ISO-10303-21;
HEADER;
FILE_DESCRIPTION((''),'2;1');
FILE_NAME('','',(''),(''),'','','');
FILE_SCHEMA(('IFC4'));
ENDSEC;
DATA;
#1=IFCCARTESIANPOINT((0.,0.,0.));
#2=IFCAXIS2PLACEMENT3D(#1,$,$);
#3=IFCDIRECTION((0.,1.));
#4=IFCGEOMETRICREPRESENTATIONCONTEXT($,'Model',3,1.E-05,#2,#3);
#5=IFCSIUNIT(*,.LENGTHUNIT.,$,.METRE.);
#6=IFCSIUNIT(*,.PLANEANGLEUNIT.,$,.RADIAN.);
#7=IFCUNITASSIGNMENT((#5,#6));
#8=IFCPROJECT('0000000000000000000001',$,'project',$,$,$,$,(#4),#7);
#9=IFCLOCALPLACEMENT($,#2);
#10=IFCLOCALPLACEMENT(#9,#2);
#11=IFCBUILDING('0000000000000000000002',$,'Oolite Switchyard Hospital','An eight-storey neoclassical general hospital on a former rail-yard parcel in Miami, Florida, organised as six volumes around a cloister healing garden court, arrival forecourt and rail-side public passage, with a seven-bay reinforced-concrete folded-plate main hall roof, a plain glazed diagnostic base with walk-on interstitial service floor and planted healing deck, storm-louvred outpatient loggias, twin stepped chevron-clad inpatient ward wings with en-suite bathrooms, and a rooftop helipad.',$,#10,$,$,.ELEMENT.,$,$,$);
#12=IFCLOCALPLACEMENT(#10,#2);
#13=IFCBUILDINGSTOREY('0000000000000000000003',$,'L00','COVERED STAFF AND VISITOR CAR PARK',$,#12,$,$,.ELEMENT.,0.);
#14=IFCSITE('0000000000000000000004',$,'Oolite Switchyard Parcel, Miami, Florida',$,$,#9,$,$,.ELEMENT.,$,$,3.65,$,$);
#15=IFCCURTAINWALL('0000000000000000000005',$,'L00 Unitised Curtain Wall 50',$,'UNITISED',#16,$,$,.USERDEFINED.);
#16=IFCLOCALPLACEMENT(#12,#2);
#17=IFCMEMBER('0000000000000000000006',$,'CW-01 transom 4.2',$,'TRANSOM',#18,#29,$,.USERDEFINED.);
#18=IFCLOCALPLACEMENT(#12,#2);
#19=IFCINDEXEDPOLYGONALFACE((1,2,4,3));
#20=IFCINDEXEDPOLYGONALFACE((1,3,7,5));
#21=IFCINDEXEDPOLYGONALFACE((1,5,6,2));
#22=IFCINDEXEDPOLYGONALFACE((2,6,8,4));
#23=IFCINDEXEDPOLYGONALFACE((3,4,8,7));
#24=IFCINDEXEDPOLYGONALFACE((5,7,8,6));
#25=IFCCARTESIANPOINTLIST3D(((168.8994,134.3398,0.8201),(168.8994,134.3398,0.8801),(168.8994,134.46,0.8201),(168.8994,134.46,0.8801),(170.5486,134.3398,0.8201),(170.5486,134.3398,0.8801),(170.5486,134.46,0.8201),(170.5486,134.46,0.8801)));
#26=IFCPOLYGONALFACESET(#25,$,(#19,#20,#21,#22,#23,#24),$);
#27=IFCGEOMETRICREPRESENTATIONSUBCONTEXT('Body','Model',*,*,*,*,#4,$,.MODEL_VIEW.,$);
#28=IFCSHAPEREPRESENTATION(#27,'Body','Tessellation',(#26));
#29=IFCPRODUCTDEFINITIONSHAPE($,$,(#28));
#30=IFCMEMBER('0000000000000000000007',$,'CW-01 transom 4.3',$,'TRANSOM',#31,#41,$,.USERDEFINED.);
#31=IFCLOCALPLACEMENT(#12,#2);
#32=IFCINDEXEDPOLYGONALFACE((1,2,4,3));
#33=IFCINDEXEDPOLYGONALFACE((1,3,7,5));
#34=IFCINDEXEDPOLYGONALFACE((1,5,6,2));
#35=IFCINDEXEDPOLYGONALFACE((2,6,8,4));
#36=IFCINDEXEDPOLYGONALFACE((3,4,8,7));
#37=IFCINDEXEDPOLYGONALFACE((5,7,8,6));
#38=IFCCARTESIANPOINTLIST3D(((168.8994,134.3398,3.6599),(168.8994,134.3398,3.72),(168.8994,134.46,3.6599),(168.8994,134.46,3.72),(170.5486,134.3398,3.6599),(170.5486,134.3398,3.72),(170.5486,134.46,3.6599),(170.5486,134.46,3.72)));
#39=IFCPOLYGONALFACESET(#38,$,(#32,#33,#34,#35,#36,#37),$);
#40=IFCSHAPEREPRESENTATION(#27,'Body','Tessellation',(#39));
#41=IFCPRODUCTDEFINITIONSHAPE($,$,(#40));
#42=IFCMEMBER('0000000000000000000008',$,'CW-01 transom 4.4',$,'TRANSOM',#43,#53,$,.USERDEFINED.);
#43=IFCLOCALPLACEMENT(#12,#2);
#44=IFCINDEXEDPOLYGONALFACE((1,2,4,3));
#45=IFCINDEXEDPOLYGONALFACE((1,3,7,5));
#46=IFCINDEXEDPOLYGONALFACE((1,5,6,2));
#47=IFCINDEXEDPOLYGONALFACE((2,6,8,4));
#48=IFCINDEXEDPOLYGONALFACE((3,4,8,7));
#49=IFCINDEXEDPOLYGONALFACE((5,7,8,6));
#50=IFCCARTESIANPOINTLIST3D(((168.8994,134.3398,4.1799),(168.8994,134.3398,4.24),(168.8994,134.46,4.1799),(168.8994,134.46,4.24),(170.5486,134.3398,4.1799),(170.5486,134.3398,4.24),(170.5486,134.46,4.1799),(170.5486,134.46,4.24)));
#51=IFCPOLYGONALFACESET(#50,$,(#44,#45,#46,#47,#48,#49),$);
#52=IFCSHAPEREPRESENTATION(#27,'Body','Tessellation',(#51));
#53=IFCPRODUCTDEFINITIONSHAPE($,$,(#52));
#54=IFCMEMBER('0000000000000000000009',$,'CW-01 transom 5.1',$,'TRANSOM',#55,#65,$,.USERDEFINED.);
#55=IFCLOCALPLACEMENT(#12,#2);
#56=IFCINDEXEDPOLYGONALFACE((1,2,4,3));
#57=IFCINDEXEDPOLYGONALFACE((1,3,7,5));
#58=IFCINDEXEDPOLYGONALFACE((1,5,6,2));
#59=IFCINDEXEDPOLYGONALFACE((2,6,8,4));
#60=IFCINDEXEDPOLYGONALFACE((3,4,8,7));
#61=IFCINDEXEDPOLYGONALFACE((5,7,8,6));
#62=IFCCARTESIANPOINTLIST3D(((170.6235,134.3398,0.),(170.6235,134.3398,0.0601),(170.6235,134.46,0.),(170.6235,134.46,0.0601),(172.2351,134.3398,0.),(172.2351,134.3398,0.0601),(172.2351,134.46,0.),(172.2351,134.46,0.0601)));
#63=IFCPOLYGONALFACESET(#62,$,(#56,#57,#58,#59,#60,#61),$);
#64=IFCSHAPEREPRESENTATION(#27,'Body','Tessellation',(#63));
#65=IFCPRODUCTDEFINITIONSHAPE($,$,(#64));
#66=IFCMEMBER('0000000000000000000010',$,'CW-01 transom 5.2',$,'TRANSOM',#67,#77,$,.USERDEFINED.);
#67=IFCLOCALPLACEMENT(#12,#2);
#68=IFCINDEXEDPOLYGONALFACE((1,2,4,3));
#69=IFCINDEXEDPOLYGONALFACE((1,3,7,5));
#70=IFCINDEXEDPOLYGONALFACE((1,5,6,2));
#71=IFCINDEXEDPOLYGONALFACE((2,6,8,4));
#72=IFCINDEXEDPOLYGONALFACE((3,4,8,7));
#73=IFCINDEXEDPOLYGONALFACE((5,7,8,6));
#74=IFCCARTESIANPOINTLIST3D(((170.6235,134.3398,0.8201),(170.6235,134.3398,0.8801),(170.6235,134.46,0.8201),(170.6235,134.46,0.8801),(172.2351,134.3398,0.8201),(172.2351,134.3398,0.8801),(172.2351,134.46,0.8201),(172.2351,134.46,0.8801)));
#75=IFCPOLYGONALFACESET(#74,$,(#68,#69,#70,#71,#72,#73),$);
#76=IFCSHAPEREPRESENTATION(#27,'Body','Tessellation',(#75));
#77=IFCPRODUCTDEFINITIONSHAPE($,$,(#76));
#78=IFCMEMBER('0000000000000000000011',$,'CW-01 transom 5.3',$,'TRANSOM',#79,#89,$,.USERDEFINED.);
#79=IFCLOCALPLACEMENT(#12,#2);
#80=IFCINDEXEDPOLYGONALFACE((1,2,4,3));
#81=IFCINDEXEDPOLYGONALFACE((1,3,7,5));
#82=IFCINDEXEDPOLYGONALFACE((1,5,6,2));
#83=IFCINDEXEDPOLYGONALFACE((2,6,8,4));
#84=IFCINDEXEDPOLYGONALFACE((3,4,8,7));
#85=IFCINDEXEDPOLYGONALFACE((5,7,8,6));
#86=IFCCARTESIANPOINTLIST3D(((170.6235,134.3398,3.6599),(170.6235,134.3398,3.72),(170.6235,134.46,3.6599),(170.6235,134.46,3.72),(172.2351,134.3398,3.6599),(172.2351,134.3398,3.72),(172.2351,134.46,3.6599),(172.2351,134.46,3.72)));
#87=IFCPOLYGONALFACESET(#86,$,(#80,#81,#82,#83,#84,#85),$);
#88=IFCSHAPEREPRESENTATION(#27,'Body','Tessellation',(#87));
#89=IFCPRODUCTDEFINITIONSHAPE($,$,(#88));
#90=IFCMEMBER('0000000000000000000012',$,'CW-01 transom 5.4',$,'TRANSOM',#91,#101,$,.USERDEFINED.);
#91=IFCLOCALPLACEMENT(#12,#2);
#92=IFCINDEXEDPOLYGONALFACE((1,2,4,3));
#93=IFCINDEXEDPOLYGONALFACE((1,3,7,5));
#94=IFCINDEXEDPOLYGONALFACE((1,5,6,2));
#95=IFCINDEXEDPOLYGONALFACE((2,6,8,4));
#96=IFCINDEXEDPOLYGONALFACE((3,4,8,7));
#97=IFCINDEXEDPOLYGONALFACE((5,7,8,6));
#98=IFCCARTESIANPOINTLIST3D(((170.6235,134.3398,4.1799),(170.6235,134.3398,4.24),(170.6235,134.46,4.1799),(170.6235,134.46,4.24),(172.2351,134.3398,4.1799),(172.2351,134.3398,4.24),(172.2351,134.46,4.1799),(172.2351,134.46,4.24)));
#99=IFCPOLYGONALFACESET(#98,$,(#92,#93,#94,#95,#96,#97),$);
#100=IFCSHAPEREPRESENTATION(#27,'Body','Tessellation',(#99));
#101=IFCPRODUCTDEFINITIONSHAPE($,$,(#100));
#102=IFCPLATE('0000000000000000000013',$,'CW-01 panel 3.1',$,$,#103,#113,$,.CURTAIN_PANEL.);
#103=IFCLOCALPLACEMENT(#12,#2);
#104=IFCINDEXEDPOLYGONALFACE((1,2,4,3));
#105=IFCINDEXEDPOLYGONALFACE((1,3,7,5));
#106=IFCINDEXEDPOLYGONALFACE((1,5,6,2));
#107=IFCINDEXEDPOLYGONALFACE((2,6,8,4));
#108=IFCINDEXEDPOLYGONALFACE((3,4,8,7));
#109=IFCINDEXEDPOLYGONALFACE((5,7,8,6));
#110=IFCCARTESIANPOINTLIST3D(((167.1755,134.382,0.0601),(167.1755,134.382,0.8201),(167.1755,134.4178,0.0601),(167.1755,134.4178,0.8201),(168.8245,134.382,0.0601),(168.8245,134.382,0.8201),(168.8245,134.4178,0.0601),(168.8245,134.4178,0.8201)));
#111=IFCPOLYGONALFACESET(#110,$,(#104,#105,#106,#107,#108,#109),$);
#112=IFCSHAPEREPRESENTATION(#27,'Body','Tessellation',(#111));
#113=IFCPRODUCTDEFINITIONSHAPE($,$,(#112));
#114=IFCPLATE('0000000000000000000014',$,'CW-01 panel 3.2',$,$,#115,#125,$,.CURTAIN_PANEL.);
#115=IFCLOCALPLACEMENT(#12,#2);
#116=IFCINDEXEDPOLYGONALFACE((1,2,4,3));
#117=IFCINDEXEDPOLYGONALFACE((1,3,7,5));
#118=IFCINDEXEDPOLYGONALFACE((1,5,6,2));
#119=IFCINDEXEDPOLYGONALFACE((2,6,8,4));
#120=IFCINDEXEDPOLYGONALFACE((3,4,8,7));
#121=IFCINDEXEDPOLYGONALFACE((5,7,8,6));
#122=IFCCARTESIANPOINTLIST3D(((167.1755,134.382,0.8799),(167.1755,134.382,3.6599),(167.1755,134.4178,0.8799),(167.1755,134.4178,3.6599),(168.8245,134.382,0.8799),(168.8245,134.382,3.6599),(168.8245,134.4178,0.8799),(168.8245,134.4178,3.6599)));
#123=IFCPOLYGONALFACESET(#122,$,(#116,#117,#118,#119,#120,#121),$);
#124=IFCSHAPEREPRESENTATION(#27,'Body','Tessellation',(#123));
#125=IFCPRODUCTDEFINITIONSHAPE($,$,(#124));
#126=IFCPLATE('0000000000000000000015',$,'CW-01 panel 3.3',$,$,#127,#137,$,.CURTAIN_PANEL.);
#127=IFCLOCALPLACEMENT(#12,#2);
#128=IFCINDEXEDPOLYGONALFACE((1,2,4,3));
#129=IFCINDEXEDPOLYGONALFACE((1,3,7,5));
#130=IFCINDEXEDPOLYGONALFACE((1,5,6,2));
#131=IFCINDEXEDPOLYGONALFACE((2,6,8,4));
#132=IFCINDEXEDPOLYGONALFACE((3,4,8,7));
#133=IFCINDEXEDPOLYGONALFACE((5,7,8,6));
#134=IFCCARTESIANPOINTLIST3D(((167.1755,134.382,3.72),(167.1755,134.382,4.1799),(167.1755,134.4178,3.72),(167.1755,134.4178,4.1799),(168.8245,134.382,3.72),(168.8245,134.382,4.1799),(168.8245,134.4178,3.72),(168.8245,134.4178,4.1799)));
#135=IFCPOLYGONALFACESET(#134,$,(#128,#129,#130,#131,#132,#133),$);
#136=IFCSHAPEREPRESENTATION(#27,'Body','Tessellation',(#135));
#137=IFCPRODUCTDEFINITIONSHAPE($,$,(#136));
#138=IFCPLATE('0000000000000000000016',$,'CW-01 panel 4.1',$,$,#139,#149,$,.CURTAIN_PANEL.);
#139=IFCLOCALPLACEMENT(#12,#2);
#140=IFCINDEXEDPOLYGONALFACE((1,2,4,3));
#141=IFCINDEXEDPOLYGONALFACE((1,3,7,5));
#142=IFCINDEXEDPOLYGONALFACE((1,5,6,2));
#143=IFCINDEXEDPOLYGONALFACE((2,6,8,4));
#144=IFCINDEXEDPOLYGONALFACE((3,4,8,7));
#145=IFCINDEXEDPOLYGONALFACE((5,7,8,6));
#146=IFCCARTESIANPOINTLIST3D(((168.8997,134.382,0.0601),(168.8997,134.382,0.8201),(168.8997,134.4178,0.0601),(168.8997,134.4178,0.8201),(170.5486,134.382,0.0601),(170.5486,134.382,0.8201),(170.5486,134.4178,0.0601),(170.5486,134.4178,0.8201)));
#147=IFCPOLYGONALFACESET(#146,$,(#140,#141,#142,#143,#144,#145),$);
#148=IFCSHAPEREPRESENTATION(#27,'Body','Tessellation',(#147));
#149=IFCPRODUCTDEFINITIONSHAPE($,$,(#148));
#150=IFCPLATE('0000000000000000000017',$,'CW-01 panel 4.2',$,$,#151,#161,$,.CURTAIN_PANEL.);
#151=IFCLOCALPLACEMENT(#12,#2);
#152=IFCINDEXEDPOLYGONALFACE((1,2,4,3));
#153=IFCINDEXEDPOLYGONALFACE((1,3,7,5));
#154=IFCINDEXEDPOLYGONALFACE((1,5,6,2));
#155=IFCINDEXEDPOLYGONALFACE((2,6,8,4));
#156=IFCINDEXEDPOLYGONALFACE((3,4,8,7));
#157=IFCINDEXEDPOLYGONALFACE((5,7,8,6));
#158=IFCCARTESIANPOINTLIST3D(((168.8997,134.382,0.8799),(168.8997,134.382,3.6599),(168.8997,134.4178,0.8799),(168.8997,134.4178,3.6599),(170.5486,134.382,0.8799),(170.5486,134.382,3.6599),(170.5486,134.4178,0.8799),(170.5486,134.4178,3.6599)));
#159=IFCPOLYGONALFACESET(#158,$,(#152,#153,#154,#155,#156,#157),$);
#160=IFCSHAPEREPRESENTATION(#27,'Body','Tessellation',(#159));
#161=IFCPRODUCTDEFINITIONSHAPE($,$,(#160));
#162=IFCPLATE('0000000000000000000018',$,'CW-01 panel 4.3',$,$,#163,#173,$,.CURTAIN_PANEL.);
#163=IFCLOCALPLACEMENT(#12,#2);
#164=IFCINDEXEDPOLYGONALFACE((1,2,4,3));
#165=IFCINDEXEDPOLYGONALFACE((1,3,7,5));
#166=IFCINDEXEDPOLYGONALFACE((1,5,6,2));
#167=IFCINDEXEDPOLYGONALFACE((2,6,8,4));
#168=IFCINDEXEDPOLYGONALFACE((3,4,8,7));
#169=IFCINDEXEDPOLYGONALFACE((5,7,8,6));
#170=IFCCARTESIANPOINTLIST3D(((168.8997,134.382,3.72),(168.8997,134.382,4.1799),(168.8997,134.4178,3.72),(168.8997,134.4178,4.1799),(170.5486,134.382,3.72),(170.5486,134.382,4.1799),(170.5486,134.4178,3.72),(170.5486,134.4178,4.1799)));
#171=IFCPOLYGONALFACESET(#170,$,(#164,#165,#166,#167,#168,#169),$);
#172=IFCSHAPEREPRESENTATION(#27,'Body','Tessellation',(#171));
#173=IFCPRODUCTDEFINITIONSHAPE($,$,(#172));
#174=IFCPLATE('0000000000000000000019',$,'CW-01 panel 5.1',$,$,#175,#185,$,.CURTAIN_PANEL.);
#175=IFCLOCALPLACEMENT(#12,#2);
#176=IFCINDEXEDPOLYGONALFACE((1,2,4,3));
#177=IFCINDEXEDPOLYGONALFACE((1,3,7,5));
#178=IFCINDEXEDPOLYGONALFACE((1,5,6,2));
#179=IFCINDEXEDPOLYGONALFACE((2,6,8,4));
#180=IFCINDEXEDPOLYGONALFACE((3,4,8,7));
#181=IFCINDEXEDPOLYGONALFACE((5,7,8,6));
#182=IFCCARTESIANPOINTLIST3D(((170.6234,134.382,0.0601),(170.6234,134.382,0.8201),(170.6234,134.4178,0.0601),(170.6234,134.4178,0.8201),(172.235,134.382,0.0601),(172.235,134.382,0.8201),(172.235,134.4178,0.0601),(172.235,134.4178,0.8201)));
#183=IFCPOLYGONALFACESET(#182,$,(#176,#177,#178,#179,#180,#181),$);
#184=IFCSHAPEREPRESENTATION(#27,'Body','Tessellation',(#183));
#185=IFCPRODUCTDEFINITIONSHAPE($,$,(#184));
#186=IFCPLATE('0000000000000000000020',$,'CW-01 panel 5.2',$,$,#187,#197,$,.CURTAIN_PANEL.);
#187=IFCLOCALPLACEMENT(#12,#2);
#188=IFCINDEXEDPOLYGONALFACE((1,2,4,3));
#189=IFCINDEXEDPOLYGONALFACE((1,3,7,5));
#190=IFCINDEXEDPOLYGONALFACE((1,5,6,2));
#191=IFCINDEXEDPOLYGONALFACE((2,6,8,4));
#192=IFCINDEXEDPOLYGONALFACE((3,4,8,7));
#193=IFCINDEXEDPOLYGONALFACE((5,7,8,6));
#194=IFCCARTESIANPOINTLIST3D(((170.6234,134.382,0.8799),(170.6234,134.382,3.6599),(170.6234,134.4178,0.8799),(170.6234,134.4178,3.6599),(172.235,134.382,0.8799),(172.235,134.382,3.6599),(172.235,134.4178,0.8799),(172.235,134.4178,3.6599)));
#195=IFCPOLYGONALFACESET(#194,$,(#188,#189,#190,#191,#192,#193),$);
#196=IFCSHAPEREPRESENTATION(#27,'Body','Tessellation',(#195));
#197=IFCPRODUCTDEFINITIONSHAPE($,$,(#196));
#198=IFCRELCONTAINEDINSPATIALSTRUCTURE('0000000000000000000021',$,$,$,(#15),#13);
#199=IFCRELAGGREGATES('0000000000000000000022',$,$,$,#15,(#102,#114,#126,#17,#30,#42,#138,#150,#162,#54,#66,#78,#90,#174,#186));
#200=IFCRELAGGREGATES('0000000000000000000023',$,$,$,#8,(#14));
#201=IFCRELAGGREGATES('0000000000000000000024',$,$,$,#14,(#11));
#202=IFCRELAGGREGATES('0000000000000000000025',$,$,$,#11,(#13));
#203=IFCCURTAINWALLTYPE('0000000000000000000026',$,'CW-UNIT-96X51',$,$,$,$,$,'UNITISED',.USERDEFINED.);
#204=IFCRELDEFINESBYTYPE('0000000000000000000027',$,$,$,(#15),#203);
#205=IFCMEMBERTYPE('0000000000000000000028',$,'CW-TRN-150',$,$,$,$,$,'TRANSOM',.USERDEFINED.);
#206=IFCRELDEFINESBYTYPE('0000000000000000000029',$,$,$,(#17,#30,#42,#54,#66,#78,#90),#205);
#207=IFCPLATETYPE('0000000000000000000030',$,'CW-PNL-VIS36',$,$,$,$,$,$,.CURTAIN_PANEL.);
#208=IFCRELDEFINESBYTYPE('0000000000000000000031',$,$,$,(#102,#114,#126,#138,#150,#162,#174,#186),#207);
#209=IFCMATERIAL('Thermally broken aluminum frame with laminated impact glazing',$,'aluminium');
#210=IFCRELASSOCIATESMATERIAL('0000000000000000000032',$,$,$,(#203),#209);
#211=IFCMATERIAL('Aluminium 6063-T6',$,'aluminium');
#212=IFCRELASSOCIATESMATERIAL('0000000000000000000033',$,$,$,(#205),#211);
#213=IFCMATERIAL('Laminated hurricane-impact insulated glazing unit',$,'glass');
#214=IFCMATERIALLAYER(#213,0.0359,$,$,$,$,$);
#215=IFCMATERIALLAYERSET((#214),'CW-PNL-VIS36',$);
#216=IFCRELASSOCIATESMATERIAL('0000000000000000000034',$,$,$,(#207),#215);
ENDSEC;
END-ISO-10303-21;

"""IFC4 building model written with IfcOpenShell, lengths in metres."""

from ifc_helpers import new_model, si_unit, direction, frame, origin, origin_2d, place, context, subcontext, project, spatial, rectangle, extrude, material, layer, layer_set, material_profile, profile_set, type_object, element, aggregate, save


model = new_model("IFC4")

# Units and contexts
model_context = context("Model", 3, precision=1e-05, world=origin(), true_north=direction((0.0, 1.0)))
body_context = subcontext(model_context, "Body", "Model", "MODEL_VIEW")
ifc_project = project(units=[si_unit("LENGTHUNIT", "METRE"), si_unit("PLANEANGLEUNIT", "RADIAN")], contexts=[model_context])

# Site, building, storey
site_placement = place(None, origin())
site = spatial("IfcSite", under=ifc_project, at=site_placement, Name="Oolite Switchyard Parcel, Miami, Florida", CompositionType="ELEMENT", RefElevation=3.65)
building_placement = place(site_placement, origin())
building = spatial("IfcBuilding", under=site, at=building_placement, Name="Oolite Switchyard Hospital", Description="An eight-storey neoclassical general hospital on a former rail-yard parcel in Miami, Florida, organised as six volumes around a cloister healing garden court, arrival forecourt and rail-side public passage, with a seven-bay reinforced-concrete folded-plate main hall roof, a plain glazed diagnostic base with walk-on interstitial service floor and planted healing deck, storm-louvred outpatient loggias, twin stepped chevron-clad inpatient ward wings with en-suite bathrooms, and a rooftop helipad.", CompositionType="ELEMENT")
storey_placement = place(building_placement, origin())
storey = spatial("IfcBuildingStorey", under=building, at=storey_placement, Name="L00", Description="COVERED STAFF AND VISITOR CAR PARK", CompositionType="ELEMENT", Elevation=0.0)

# Curtain wall, members, plates
ifc_material_1 = material(Name="Thermally broken aluminum frame with laminated impact glazing", Category="aluminium")
curtain_wall_type = type_object("IfcCurtainWallType", Name="CW-UNIT-96X51", ElementType="UNITISED", PredefinedType="USERDEFINED", material=ifc_material_1)
curtain_wall_placement = place(storey_placement, origin())
curtain_wall = element("IfcCurtainWall", 1, at=curtain_wall_placement, inside=storey, type_object=curtain_wall_type, Name="L00 Unitised Curtain Wall 50", ObjectType="UNITISED", PredefinedType="USERDEFINED")
ifc_material_2 = material(Name="Aluminium 6063-T6", Category="aluminium")
ifc_material_profile_1 = material_profile(ifc_material_2, rectangle(XDim=0.1201, YDim=0.0601, at=origin_2d()), Name="CWT60X120")
ifc_profile_set_1 = profile_set([ifc_material_profile_1], Name="Aluminium 6063-T6")
member_type_1 = type_object("IfcMemberType", Name="CW-TRN-150", ElementType="TRANSOM", PredefinedType="USERDEFINED", material=ifc_profile_set_1)
member_1_placement = place(storey_placement, frame((168.8994, 134.3999, 0.8501), z_axis=(1.0, 0.0, 0.0), x_axis=(0.0, 1.0, 0.0)))
member_1 = element("IfcMember", 2, at=member_1_placement, type_object=member_type_1, Name="CW-01 transom 4.2", ObjectType="TRANSOM", PredefinedType="USERDEFINED", context=body_context, shape_type="SweptSolid", body=[
    extrude(rectangle(XDim=0.1201, YDim=0.0601, at=origin_2d()), origin(), (0.0, 0.0, 1.0), 1.6492),
])
member_2_placement = place(storey_placement, frame((168.8994, 134.3999, 3.6899), z_axis=(1.0, 0.0, 0.0), x_axis=(0.0, 1.0, 0.0)))
member_2 = element("IfcMember", 3, at=member_2_placement, type_object=member_type_1, Name="CW-01 transom 4.3", ObjectType="TRANSOM", PredefinedType="USERDEFINED", context=body_context, shape_type="SweptSolid", body=[
    extrude(rectangle(XDim=0.1201, YDim=0.0601, at=origin_2d()), origin(), (0.0, 0.0, 1.0), 1.6492),
])
member_3_placement = place(storey_placement, frame((168.8994, 134.3999, 4.21), z_axis=(1.0, 0.0, 0.0), x_axis=(0.0, 1.0, 0.0)))
member_3 = element("IfcMember", 4, at=member_3_placement, type_object=member_type_1, Name="CW-01 transom 4.4", ObjectType="TRANSOM", PredefinedType="USERDEFINED", context=body_context, shape_type="SweptSolid", body=[
    extrude(rectangle(XDim=0.1201, YDim=0.0601, at=origin_2d()), origin(), (0.0, 0.0, 1.0), 1.6492),
])
member_4_placement = place(storey_placement, frame((170.6235, 134.3999, 0.03), z_axis=(1.0, 0.0, 0.0), x_axis=(0.0, 1.0, 0.0)))
member_4 = element("IfcMember", 5, at=member_4_placement, type_object=member_type_1, Name="CW-01 transom 5.1", ObjectType="TRANSOM", PredefinedType="USERDEFINED", context=body_context, shape_type="SweptSolid", body=[
    extrude(rectangle(XDim=0.1201, YDim=0.0601, at=origin_2d()), origin(), (0.0, 0.0, 1.0), 1.6116),
])
member_5_placement = place(storey_placement, frame((170.6235, 134.3999, 0.8501), z_axis=(1.0, 0.0, 0.0), x_axis=(0.0, 1.0, 0.0)))
member_5 = element("IfcMember", 6, at=member_5_placement, type_object=member_type_1, Name="CW-01 transom 5.2", ObjectType="TRANSOM", PredefinedType="USERDEFINED", context=body_context, shape_type="SweptSolid", body=[
    extrude(rectangle(XDim=0.1201, YDim=0.0601, at=origin_2d()), origin(), (0.0, 0.0, 1.0), 1.6116),
])
member_6_placement = place(storey_placement, frame((170.6235, 134.3999, 3.6899), z_axis=(1.0, 0.0, 0.0), x_axis=(0.0, 1.0, 0.0)))
member_6 = element("IfcMember", 7, at=member_6_placement, type_object=member_type_1, Name="CW-01 transom 5.3", ObjectType="TRANSOM", PredefinedType="USERDEFINED", context=body_context, shape_type="SweptSolid", body=[
    extrude(rectangle(XDim=0.1201, YDim=0.0601, at=origin_2d()), origin(), (0.0, 0.0, 1.0), 1.6116),
])
member_7_placement = place(storey_placement, frame((170.6235, 134.3999, 4.21), z_axis=(1.0, 0.0, 0.0), x_axis=(0.0, 1.0, 0.0)))
member_7 = element("IfcMember", 8, at=member_7_placement, type_object=member_type_1, Name="CW-01 transom 5.4", ObjectType="TRANSOM", PredefinedType="USERDEFINED", context=body_context, shape_type="SweptSolid", body=[
    extrude(rectangle(XDim=0.1201, YDim=0.0601, at=origin_2d()), origin(), (0.0, 0.0, 1.0), 1.6116),
])
ifc_material_3 = material(Name="Laminated hurricane-impact insulated glazing unit", Category="glass")
ifc_layer = layer(ifc_material_3, 0.0359)
ifc_layer_set = layer_set([ifc_layer], Name="CW-PNL-VIS36")
plate_type = type_object("IfcPlateType", Name="CW-PNL-VIS36", PredefinedType="CURTAIN_PANEL", material=ifc_layer_set)
plate_1_placement = place(storey_placement, frame((168.0, 134.3999, 0.0601), z_axis=(0.0, 0.0, 1.0), x_axis=(1.0, 0.0, 0.0)))
plate_1 = element("IfcPlate", 9, at=plate_1_placement, type_object=plate_type, Name="CW-01 panel 3.1", PredefinedType="CURTAIN_PANEL", context=body_context, shape_type="SweptSolid", body=[
    extrude(rectangle(XDim=1.6489, YDim=0.0359, at=origin_2d()), origin(), (0.0, 0.0, 1.0), 0.76),
])
plate_2_placement = place(storey_placement, frame((168.0, 134.3999, 0.8799), z_axis=(0.0, 0.0, 1.0), x_axis=(1.0, 0.0, 0.0)))
plate_2 = element("IfcPlate", 10, at=plate_2_placement, type_object=plate_type, Name="CW-01 panel 3.2", PredefinedType="CURTAIN_PANEL", context=body_context, shape_type="SweptSolid", body=[
    extrude(rectangle(XDim=1.6489, YDim=0.0359, at=origin_2d()), origin(), (0.0, 0.0, 1.0), 2.78),
])
plate_3_placement = place(storey_placement, frame((168.0, 134.3999, 3.72), z_axis=(0.0, 0.0, 1.0), x_axis=(1.0, 0.0, 0.0)))
plate_3 = element("IfcPlate", 11, at=plate_3_placement, type_object=plate_type, Name="CW-01 panel 3.3", PredefinedType="CURTAIN_PANEL", context=body_context, shape_type="SweptSolid", body=[
    extrude(rectangle(XDim=1.6489, YDim=0.0359, at=origin_2d()), origin(), (0.0, 0.0, 1.0), 0.46),
])
plate_4_placement = place(storey_placement, frame((169.7241, 134.3999, 0.0601), z_axis=(0.0, 0.0, 1.0), x_axis=(1.0, 0.0, 0.0)))
plate_4 = element("IfcPlate", 12, at=plate_4_placement, type_object=plate_type, Name="CW-01 panel 4.1", PredefinedType="CURTAIN_PANEL", context=body_context, shape_type="SweptSolid", body=[
    extrude(rectangle(XDim=1.6489, YDim=0.0359, at=origin_2d()), origin(), (0.0, 0.0, 1.0), 0.76),
])
plate_5_placement = place(storey_placement, frame((169.7241, 134.3999, 0.8799), z_axis=(0.0, 0.0, 1.0), x_axis=(1.0, 0.0, 0.0)))
plate_5 = element("IfcPlate", 13, at=plate_5_placement, type_object=plate_type, Name="CW-01 panel 4.2", PredefinedType="CURTAIN_PANEL", context=body_context, shape_type="SweptSolid", body=[
    extrude(rectangle(XDim=1.6489, YDim=0.0359, at=origin_2d()), origin(), (0.0, 0.0, 1.0), 2.78),
])
plate_6_placement = place(storey_placement, frame((169.7241, 134.3999, 3.72), z_axis=(0.0, 0.0, 1.0), x_axis=(1.0, 0.0, 0.0)))
plate_6 = element("IfcPlate", 14, at=plate_6_placement, type_object=plate_type, Name="CW-01 panel 4.3", PredefinedType="CURTAIN_PANEL", context=body_context, shape_type="SweptSolid", body=[
    extrude(rectangle(XDim=1.6489, YDim=0.0359, at=origin_2d()), origin(), (0.0, 0.0, 1.0), 0.46),
])
plate_7_placement = place(storey_placement, frame((171.4292, 134.3999, 0.0601), z_axis=(0.0, 0.0, 1.0), x_axis=(1.0, 0.0, 0.0)))
plate_7 = element("IfcPlate", 15, at=plate_7_placement, type_object=plate_type, Name="CW-01 panel 5.1", PredefinedType="CURTAIN_PANEL", context=body_context, shape_type="SweptSolid", body=[
    extrude(rectangle(XDim=1.6116, YDim=0.0359, at=origin_2d()), origin(), (0.0, 0.0, 1.0), 0.76),
])
plate_8_placement = place(storey_placement, frame((171.4292, 134.3999, 0.8799), z_axis=(0.0, 0.0, 1.0), x_axis=(1.0, 0.0, 0.0)))
plate_8 = element("IfcPlate", 16, at=plate_8_placement, type_object=plate_type, Name="CW-01 panel 5.2", PredefinedType="CURTAIN_PANEL", context=body_context, shape_type="SweptSolid", body=[
    extrude(rectangle(XDim=1.6116, YDim=0.0359, at=origin_2d()), origin(), (0.0, 0.0, 1.0), 2.78),
])
aggregate(curtain_wall, [plate_1, plate_2, plate_3, member_1, member_2, member_3, plate_4, plate_5, plate_6, member_4, member_5, member_6, member_7, plate_7, plate_8])

save(model, "model.ifc")
